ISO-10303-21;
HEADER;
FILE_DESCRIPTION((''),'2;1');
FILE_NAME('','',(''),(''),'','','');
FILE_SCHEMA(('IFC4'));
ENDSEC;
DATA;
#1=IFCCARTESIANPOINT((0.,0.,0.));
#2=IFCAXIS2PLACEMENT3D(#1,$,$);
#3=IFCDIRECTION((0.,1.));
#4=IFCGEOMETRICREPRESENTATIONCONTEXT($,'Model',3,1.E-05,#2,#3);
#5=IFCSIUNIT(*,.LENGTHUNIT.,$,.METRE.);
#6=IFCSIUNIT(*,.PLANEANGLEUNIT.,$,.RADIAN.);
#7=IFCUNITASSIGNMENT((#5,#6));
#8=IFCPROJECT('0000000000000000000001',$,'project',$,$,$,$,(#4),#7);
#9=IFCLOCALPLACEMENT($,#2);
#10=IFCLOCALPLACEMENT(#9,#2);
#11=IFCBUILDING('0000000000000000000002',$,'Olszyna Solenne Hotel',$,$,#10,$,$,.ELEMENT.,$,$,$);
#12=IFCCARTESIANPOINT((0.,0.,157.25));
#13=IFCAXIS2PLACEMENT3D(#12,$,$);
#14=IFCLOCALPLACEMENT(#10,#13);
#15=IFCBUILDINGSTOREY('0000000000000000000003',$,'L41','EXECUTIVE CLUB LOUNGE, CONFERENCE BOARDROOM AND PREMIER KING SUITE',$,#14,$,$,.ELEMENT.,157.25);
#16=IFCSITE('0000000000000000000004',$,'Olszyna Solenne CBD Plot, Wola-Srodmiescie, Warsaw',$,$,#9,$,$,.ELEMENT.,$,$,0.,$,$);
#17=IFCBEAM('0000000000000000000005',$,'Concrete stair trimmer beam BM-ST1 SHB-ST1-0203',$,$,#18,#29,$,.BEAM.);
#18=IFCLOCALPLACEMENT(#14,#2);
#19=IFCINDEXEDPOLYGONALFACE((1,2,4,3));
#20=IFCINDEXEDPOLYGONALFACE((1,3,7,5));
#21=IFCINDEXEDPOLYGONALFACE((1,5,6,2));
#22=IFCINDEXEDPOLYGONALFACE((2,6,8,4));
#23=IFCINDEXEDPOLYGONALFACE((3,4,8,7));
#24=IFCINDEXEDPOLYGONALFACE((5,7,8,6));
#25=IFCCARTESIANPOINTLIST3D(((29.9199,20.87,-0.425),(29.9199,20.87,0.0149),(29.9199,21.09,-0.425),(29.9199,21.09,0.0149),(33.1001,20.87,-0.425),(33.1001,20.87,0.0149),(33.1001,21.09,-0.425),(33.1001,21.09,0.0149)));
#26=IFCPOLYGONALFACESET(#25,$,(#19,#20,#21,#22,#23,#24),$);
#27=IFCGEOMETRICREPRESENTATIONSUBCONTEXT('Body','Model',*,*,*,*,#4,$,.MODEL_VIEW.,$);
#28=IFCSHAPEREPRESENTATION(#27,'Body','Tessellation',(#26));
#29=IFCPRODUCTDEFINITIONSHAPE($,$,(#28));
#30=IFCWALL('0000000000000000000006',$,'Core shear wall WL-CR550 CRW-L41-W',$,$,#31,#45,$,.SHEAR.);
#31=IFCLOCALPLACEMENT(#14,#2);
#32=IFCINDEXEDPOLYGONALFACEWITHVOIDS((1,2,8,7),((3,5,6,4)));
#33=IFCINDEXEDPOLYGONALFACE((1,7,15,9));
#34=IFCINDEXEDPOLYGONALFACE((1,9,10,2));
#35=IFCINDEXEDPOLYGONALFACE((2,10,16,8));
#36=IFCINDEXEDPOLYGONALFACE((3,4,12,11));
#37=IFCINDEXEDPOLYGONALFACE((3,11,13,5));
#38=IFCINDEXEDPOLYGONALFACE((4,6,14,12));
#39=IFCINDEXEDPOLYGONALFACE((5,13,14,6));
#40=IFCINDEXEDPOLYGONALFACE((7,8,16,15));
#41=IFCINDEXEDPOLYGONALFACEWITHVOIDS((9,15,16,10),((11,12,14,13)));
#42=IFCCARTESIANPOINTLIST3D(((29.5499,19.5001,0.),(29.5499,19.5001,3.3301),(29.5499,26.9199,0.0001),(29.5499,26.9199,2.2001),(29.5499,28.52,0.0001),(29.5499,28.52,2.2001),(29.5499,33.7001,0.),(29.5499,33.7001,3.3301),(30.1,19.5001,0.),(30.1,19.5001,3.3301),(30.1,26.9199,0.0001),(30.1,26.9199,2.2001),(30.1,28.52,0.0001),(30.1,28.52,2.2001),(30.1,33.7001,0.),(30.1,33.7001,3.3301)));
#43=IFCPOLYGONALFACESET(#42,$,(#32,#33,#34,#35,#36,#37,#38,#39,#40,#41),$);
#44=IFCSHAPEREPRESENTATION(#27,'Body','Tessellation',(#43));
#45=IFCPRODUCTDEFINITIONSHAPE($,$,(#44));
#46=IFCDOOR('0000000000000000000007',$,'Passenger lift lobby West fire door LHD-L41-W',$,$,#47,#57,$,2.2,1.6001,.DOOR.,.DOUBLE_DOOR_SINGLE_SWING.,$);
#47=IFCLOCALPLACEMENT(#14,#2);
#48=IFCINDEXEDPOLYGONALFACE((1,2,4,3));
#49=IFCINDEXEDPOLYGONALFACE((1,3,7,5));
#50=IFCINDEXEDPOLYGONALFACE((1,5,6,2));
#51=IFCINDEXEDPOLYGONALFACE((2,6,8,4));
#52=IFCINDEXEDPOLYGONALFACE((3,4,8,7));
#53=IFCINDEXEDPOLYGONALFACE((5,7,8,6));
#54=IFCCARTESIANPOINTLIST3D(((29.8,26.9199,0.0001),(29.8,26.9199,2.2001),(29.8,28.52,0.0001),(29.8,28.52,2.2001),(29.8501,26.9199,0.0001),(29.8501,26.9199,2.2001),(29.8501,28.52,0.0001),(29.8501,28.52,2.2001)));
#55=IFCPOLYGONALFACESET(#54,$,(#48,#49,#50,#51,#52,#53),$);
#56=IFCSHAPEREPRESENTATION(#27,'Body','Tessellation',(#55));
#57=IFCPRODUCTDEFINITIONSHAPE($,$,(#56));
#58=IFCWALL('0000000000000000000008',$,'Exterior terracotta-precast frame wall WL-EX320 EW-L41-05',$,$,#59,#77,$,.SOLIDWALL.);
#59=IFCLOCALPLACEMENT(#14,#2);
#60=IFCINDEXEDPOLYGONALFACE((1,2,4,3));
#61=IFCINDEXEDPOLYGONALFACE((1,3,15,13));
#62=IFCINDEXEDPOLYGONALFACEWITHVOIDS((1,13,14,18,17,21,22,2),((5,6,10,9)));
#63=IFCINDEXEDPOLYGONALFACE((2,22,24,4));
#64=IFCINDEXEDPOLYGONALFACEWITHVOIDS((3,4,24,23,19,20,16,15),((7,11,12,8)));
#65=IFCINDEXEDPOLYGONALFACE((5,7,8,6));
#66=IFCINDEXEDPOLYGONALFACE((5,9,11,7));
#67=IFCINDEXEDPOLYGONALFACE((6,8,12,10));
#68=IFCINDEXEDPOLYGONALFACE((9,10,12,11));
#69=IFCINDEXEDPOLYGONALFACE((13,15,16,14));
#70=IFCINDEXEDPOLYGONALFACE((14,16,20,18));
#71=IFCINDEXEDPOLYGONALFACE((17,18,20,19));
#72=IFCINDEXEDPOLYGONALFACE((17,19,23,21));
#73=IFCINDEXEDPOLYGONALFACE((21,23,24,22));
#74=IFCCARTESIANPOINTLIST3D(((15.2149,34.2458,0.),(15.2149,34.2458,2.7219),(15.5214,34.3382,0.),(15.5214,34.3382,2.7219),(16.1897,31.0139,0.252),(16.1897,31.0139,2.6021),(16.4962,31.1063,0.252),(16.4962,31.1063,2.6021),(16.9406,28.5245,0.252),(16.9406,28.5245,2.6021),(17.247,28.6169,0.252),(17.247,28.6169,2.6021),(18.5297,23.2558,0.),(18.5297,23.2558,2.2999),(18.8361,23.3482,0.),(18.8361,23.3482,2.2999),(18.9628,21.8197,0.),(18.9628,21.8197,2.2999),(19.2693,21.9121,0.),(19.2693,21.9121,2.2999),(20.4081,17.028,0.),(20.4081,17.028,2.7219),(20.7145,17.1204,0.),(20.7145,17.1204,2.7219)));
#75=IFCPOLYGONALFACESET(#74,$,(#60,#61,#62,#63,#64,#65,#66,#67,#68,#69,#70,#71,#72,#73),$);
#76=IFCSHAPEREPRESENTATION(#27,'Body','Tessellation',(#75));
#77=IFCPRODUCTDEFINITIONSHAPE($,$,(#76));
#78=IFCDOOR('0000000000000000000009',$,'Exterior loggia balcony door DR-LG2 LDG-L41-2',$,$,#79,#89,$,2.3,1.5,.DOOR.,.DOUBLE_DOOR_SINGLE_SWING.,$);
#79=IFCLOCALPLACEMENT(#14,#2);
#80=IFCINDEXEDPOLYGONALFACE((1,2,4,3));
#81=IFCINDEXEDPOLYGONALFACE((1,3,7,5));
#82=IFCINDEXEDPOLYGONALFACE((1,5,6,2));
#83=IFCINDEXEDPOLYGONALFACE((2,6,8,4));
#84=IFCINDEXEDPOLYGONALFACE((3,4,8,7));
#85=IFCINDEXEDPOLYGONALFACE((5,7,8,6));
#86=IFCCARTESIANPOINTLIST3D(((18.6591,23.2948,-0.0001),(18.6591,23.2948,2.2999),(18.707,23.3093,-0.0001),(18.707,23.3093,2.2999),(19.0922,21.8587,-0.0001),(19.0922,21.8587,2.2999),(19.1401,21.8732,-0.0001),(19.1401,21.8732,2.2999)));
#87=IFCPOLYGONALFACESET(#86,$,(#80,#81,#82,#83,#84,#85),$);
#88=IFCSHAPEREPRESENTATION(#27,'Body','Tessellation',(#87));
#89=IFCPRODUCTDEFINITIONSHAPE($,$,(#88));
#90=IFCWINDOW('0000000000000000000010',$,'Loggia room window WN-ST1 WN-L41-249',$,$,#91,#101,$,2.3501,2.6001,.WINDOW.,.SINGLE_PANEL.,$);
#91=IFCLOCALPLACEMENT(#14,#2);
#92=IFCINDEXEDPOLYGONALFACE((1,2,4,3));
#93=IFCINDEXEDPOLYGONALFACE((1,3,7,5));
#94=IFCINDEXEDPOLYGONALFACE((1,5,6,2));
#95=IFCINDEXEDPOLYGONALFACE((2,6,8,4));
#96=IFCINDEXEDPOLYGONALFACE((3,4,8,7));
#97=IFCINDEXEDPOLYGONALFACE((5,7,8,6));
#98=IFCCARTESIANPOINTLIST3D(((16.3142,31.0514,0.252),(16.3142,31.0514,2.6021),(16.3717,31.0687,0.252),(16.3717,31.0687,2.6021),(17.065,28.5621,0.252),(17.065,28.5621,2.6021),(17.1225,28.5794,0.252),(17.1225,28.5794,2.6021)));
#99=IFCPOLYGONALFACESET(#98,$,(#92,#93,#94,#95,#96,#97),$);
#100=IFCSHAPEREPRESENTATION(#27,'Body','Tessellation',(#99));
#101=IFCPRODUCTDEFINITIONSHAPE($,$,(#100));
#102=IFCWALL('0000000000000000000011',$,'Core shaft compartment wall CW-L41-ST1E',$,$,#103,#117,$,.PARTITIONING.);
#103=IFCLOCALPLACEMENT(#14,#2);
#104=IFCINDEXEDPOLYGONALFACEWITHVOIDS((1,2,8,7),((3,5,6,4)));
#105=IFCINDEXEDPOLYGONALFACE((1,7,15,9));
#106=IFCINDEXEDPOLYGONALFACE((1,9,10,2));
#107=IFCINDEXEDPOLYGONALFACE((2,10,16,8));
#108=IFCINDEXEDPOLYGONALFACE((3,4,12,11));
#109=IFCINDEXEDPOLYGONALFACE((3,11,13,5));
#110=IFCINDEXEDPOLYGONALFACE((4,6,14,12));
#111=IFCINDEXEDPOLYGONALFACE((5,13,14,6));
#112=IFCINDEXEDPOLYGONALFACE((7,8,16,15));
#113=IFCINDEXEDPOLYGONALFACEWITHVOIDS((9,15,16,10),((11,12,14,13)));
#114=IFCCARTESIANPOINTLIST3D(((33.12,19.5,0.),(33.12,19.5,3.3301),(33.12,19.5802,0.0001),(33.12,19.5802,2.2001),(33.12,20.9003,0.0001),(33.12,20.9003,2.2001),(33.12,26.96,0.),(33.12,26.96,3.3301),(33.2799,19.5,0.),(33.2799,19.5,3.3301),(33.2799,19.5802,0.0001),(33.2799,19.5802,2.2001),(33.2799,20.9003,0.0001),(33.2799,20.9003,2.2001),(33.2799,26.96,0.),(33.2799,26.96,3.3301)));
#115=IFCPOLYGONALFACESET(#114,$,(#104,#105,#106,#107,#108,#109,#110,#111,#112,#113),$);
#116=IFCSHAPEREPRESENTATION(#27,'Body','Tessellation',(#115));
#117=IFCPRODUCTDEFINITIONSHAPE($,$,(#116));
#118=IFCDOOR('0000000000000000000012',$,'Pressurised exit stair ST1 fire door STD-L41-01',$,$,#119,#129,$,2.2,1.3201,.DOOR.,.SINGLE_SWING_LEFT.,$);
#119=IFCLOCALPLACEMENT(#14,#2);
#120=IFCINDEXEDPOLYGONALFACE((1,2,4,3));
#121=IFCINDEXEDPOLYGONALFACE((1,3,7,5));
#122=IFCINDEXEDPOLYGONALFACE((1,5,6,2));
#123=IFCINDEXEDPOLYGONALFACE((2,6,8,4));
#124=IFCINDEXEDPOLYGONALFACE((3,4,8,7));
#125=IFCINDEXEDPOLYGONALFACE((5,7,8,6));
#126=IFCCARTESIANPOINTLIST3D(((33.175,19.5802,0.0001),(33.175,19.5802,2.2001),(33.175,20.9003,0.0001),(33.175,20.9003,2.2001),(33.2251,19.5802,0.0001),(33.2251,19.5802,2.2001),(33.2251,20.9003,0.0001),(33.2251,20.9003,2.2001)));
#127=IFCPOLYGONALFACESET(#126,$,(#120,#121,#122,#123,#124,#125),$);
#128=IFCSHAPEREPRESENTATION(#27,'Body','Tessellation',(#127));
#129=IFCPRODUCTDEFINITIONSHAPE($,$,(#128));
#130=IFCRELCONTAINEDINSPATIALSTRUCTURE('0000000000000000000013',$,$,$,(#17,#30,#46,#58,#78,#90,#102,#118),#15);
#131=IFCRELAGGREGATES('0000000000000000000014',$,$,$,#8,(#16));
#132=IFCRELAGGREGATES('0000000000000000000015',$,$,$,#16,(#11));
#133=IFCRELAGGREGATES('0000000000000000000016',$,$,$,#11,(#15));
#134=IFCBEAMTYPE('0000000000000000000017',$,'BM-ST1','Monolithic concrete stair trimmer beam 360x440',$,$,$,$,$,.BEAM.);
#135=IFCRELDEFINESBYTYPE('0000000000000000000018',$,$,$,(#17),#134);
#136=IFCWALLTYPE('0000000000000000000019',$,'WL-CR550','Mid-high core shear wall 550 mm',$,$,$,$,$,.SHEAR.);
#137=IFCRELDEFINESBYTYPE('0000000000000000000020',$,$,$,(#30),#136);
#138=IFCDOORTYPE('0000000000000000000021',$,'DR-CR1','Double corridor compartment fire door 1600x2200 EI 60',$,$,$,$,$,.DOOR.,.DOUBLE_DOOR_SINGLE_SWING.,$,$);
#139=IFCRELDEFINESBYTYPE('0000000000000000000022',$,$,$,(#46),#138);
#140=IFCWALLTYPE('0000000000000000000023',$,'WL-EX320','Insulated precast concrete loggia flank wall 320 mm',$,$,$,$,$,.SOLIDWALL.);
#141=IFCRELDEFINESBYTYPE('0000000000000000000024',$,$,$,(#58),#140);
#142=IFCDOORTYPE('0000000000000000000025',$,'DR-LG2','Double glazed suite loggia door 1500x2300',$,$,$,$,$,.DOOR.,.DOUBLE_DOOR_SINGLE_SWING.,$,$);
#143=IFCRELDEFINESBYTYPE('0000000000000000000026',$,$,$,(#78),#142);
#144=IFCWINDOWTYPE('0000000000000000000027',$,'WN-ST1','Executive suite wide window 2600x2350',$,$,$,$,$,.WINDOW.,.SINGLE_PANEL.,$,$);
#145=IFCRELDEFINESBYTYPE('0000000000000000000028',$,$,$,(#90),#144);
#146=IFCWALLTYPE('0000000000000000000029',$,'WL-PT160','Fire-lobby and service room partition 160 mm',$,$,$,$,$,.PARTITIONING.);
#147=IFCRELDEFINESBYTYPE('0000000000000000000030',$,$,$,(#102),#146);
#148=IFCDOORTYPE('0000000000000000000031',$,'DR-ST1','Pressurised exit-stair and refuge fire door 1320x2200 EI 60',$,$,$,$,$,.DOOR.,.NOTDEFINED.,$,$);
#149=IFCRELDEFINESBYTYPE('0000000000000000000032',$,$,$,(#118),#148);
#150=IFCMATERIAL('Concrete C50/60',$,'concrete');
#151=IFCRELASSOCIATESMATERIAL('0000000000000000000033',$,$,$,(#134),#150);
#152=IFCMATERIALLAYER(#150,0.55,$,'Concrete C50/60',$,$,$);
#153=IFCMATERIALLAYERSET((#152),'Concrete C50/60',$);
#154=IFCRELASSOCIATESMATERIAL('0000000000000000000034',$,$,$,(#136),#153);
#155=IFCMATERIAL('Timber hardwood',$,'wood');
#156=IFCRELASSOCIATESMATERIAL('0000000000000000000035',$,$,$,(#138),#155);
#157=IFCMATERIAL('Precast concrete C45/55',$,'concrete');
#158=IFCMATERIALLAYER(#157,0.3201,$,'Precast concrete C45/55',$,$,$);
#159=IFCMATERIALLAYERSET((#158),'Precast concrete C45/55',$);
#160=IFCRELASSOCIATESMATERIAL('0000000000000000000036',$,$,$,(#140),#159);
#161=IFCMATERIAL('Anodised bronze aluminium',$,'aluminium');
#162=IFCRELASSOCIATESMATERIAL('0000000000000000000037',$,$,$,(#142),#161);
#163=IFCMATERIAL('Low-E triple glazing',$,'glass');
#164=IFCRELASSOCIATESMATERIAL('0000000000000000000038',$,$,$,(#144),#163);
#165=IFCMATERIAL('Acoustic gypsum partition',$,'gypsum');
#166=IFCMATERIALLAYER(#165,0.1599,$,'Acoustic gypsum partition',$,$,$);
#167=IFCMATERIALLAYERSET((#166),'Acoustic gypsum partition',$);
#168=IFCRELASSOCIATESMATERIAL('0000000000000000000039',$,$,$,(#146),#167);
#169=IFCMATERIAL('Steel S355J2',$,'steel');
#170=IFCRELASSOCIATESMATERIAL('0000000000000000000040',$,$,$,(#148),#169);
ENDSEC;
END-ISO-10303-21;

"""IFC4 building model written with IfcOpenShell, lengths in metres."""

from ifc_helpers import new_model, si_unit, direction, frame, frame_2d, origin, origin_2d, place, context, subcontext, project, spatial, rectangle, extrude, source, transform, mapped, material, layer, layer_set, material_profile, profile_set, type_object, type_shapes, element, fill, save


model = new_model("IFC4")

# Units and contexts
model_context = context("Model", 3, precision=1e-05, world=origin(), true_north=direction((0.0, 1.0)))
body_context = subcontext(model_context, "Body", "Model", "MODEL_VIEW")
ifc_project = project(units=[si_unit("LENGTHUNIT", "METRE"), si_unit("PLANEANGLEUNIT", "RADIAN")], contexts=[model_context])

# Site, building, storey
site_placement = place(None, origin())
site = spatial("IfcSite", under=ifc_project, at=site_placement, Name="Olszyna Solenne CBD Plot, Wola-Srodmiescie, Warsaw", CompositionType="ELEMENT", RefElevation=0.0)
building_placement = place(site_placement, origin())
building = spatial("IfcBuilding", under=site, at=building_placement, Name="Olszyna Solenne Hotel", CompositionType="ELEMENT")
storey_placement = place(building_placement, frame((0.0, 0.0, 157.25)))
storey = spatial("IfcBuildingStorey", under=building, at=storey_placement, Name="L41", Description="EXECUTIVE CLUB LOUNGE, CONFERENCE BOARDROOM AND PREMIER KING SUITE", CompositionType="ELEMENT", Elevation=157.25)

# Beam
ifc_material_1 = material(Name="Concrete C50/60", Category="concrete")
ifc_material_profile = material_profile(ifc_material_1, rectangle(XDim=0.22, YDim=0.4399, at=origin_2d()), Name="RC 220x440", Category="load-bearing")
ifc_profile_set = profile_set([ifc_material_profile], Name="Concrete C50/60")
beam_type = type_object("IfcBeamType", Name="BM-ST1", Description="Monolithic concrete stair trimmer beam 360x440", PredefinedType="BEAM", material=ifc_profile_set)
shared_shape_1 = source(origin(), body_context, "Body", "SweptSolid", [
    extrude(rectangle(XDim=0.22, YDim=0.4399, at=origin_2d()), origin(), (0.0, 0.0, 1.0), 3.1802),
])
beam_placement = place(storey_placement, frame((33.1001, 20.98, -0.2051), z_axis=(-1.0, 0.0, 0.0), x_axis=(0.0, -1.0, 0.0)))
element("IfcBeam", 1, at=beam_placement, inside=storey, type_object=beam_type, Name="Concrete stair trimmer beam BM-ST1 SHB-ST1-0203", PredefinedType="BEAM", context=body_context, shape_type="MappedRepresentation", body=[
    mapped(shared_shape_1, transform((0.0, 0.0, 0.0), x_axis=(1.0, 0.0, 0.0), y_axis=(0.0, 1.0, 0.0), z_axis=(0.0, 0.0, 1.0), scale=1.0)),
])

# Wall, opening, door
ifc_layer_1 = layer(ifc_material_1, 0.55, Name="Concrete C50/60")
ifc_layer_set_1 = layer_set([ifc_layer_1], Name="Concrete C50/60")
wall_type_1 = type_object("IfcWallType", Name="WL-CR550", Description="Mid-high core shear wall 550 mm", PredefinedType="SHEAR", material=ifc_layer_set_1)
wall_1_placement = place(storey_placement, frame((29.825, 19.5, 0.0), z_axis=(0.0, 0.0, 1.0), x_axis=(0.0, 1.0, 0.0)))
wall_1 = element("IfcWall", 2, at=wall_1_placement, inside=storey, type_object=wall_type_1, Name="Core shear wall WL-CR550 CRW-L41-W", PredefinedType="SHEAR", context=body_context, shape_type="SweptSolid", body=[
    extrude(rectangle(XDim=14.2, YDim=0.55, at=frame_2d((7.1001, 0.0))), origin(), (0.0, 0.0, 1.0), 3.3301),
])
opening_1_placement = place(wall_1_placement, frame((7.4199, 0.0, 0.0)))
opening_1 = element("IfcOpeningElement", 3, at=opening_1_placement, cuts=wall_1, PredefinedType="OPENING", context=body_context, shape_type="SweptSolid", body=[
    extrude(rectangle(XDim=1.6001, YDim=2.2, at=frame_2d((0.8, 1.1001))), frame((0.0, 0.2852, 0.0), z_axis=(0.0, -1.0, 0.0), x_axis=(1.0, 0.0, 0.0)), (0.0, 0.0, 1.0), 0.5701),
])
ifc_material_2 = material(Name="Timber hardwood", Category="wood")
door_type_1 = type_object("IfcDoorType", Name="DR-CR1", Description="Double corridor compartment fire door 1600x2200 EI 60", OperationType="DOUBLE_DOOR_SINGLE_SWING", PredefinedType="DOOR", material=ifc_material_2)
shared_shape_2 = source(origin(), body_context, "Body", "SweptSolid", [
    extrude(rectangle(XDim=1.6001, YDim=2.2, at=frame_2d((0.8, 1.1001))), frame((0.0, 0.0249, 0.0), z_axis=(0.0, -1.0, 0.0), x_axis=(1.0, 0.0, 0.0)), (0.0, 0.0, 1.0), 0.05),
])
type_shapes(door_type_1, [shared_shape_2])
door_1_placement = place(opening_1_placement, origin())
door_1 = element("IfcDoor", 4, at=door_1_placement, inside=storey, type_object=door_type_1, Name="Passenger lift lobby West fire door LHD-L41-W", OperationType="DOUBLE_DOOR_SINGLE_SWING", OverallHeight=2.2, OverallWidth=1.6001, PredefinedType="DOOR", context=body_context, shape_type="MappedRepresentation", body=[
    mapped(shared_shape_2, transform((0.0, 0.0, 0.0), x_axis=(1.0, 0.0, 0.0), y_axis=(0.0, 1.0, 0.0), z_axis=(0.0, 0.0, 1.0), scale=1.0)),
])
fill(opening_1, door_1)

# Wall, openings, door, window
ifc_material_3 = material(Name="Precast concrete C45/55", Category="concrete")
ifc_layer_2 = layer(ifc_material_3, 0.3201, Name="Precast concrete C45/55")
ifc_layer_set_2 = layer_set([ifc_layer_2], Name="Precast concrete C45/55")
wall_type_2 = type_object("IfcWallType", Name="WL-EX320", Description="Insulated precast concrete loggia flank wall 320 mm", PredefinedType="SOLIDWALL", material=ifc_layer_set_2)
wall_2_placement = place(storey_placement, frame((20.5613, 17.0742, 0.0), z_axis=(0.0, 0.0, 1.0), x_axis=(-0.288765, 0.9574, 0.0)))
wall_2 = element("IfcWall", 5, at=wall_2_placement, inside=storey, type_object=wall_type_2, Name="Exterior terracotta-precast frame wall WL-EX320 EW-L41-05", PredefinedType="SOLIDWALL", context=body_context, shape_type="SweptSolid", body=[
    extrude(rectangle(XDim=17.9839, YDim=0.3201, at=frame_2d((8.9919, 0.0))), origin(), (0.0, 0.0, 1.0), 2.7219),
])
opening_2_placement = place(wall_2_placement, frame((5.0049, 0.0, 0.0)))
opening_2 = element("IfcOpeningElement", 6, at=opening_2_placement, cuts=wall_2, PredefinedType="OPENING", context=body_context, shape_type="SweptSolid", body=[
    extrude(rectangle(XDim=1.5, YDim=2.3, at=frame_2d((0.75, 1.1499))), frame((0.0, 0.1699, 0.0), z_axis=(0.0, -1.0, 0.0), x_axis=(1.0, 0.0, 0.0)), (0.0, 0.0, 1.0), 0.3401),
])
opening_3_placement = place(wall_2_placement, frame((12.0081, 0.0, 0.252)))
opening_3 = element("IfcOpeningElement", 7, at=opening_3_placement, cuts=wall_2, PredefinedType="OPENING", context=body_context, shape_type="SweptSolid", body=[
    extrude(rectangle(XDim=2.6001, YDim=2.3501, at=frame_2d((1.3, 1.175))), frame((0.0, 0.1699, 0.0), z_axis=(0.0, -1.0, 0.0), x_axis=(1.0, 0.0, 0.0)), (0.0, 0.0, 1.0), 0.3401),
])
ifc_material_4 = material(Name="Anodised bronze aluminium", Category="aluminium")
door_type_2 = type_object("IfcDoorType", Name="DR-LG2", Description="Double glazed suite loggia door 1500x2300", OperationType="DOUBLE_DOOR_SINGLE_SWING", PredefinedType="DOOR", material=ifc_material_4)
shared_shape_3 = source(origin(), body_context, "Body", "SweptSolid", [
    extrude(rectangle(XDim=1.5, YDim=2.3, at=frame_2d((0.75, 1.1499))), frame((0.0, 0.0249, 0.0), z_axis=(0.0, -1.0, 0.0), x_axis=(1.0, 0.0, 0.0)), (0.0, 0.0, 1.0), 0.05),
])
type_shapes(door_type_2, [shared_shape_3])
door_2_placement = place(opening_2_placement, origin())
door_2 = element("IfcDoor", 8, at=door_2_placement, inside=storey, type_object=door_type_2, Name="Exterior loggia balcony door DR-LG2 LDG-L41-2", OperationType="DOUBLE_DOOR_SINGLE_SWING", OverallHeight=2.3, OverallWidth=1.5, PredefinedType="DOOR", context=body_context, shape_type="MappedRepresentation", body=[
    mapped(shared_shape_3, transform((0.0, 0.0, 0.0), x_axis=(1.0, 0.0, 0.0), y_axis=(0.0, 1.0, 0.0), z_axis=(0.0, 0.0, 1.0), scale=1.0)),
])
fill(opening_2, door_2)
ifc_material_5 = material(Name="Low-E triple glazing", Category="glass")
window_type = type_object("IfcWindowType", Name="WN-ST1", Description="Executive suite wide window 2600x2350", PartitioningType="SINGLE_PANEL", PredefinedType="WINDOW", material=ifc_material_5)
shared_shape_4 = source(origin(), body_context, "Body", "SweptSolid", [
    extrude(rectangle(XDim=2.6001, YDim=2.3501, at=frame_2d((1.3, 1.175))), frame((0.0, 0.03, 0.0), z_axis=(0.0, -1.0, 0.0), x_axis=(1.0, 0.0, 0.0)), (0.0, 0.0, 1.0), 0.0601),
])
type_shapes(window_type, [shared_shape_4])
window_placement = place(opening_3_placement, origin())
window = element("IfcWindow", 9, at=window_placement, inside=storey, type_object=window_type, Name="Loggia room window WN-ST1 WN-L41-249", OverallHeight=2.3501, OverallWidth=2.6001, PartitioningType="SINGLE_PANEL", PredefinedType="WINDOW", context=body_context, shape_type="MappedRepresentation", body=[
    mapped(shared_shape_4, transform((0.0, 0.0, 0.0), x_axis=(1.0, 0.0, 0.0), y_axis=(0.0, 1.0, 0.0), z_axis=(0.0, 0.0, 1.0), scale=1.0)),
])
fill(opening_3, window)

# Wall, opening, door
ifc_material_6 = material(Name="Acoustic gypsum partition", Category="gypsum")
ifc_layer_3 = layer(ifc_material_6, 0.1599, Name="Acoustic gypsum partition")
ifc_layer_set_3 = layer_set([ifc_layer_3], Name="Acoustic gypsum partition")
wall_type_3 = type_object("IfcWallType", Name="WL-PT160", Description="Fire-lobby and service room partition 160 mm", PredefinedType="PARTITIONING", material=ifc_layer_set_3)
wall_3_placement = place(storey_placement, frame((33.2, 19.5, 0.0), z_axis=(0.0, 0.0, 1.0), x_axis=(0.0, 1.0, 0.0)))
wall_3 = element("IfcWall", 10, at=wall_3_placement, inside=storey, type_object=wall_type_3, Name="Core shaft compartment wall CW-L41-ST1E", PredefinedType="PARTITIONING", context=body_context, shape_type="SweptSolid", body=[
    extrude(rectangle(XDim=7.46, YDim=0.1599, at=frame_2d((3.73, 0.0))), origin(), (0.0, 0.0, 1.0), 3.3301),
])
opening_4_placement = place(wall_3_placement, frame((0.0801, 0.0, 0.0)))
opening_4 = element("IfcOpeningElement", 11, at=opening_4_placement, cuts=wall_3, PredefinedType="OPENING", context=body_context, shape_type="SweptSolid", body=[
    extrude(rectangle(XDim=1.3201, YDim=2.2, at=frame_2d((0.6602, 1.1001))), frame((0.0, 0.0898, 0.0), z_axis=(0.0, -1.0, 0.0), x_axis=(1.0, 0.0, 0.0)), (0.0, 0.0, 1.0), 0.1799),
])
ifc_material_7 = material(Name="Steel S355J2", Category="steel")
door_type_3 = type_object("IfcDoorType", Name="DR-ST1", Description="Pressurised exit-stair and refuge fire door 1320x2200 EI 60", OperationType="NOTDEFINED", PredefinedType="DOOR", material=ifc_material_7)
shared_shape_5 = source(origin(), body_context, "Body", "SweptSolid", [
    extrude(rectangle(XDim=1.3201, YDim=2.2, at=frame_2d((0.6602, 1.1001))), frame((0.0, 0.0249, 0.0), z_axis=(0.0, -1.0, 0.0), x_axis=(1.0, 0.0, 0.0)), (0.0, 0.0, 1.0), 0.05),
])
type_shapes(door_type_3, [shared_shape_5])
door_3_placement = place(opening_4_placement, origin())
door_3 = element("IfcDoor", 12, at=door_3_placement, inside=storey, type_object=door_type_3, Name="Pressurised exit stair ST1 fire door STD-L41-01", OperationType="SINGLE_SWING_LEFT", OverallHeight=2.2, OverallWidth=1.3201, PredefinedType="DOOR", context=body_context, shape_type="MappedRepresentation", body=[
    mapped(shared_shape_5, transform((0.0, 0.0, 0.0), x_axis=(1.0, 0.0, 0.0), y_axis=(0.0, 1.0, 0.0), z_axis=(0.0, 0.0, 1.0), scale=1.0)),
])
fill(opening_4, door_3)

save(model, "model.ifc")
